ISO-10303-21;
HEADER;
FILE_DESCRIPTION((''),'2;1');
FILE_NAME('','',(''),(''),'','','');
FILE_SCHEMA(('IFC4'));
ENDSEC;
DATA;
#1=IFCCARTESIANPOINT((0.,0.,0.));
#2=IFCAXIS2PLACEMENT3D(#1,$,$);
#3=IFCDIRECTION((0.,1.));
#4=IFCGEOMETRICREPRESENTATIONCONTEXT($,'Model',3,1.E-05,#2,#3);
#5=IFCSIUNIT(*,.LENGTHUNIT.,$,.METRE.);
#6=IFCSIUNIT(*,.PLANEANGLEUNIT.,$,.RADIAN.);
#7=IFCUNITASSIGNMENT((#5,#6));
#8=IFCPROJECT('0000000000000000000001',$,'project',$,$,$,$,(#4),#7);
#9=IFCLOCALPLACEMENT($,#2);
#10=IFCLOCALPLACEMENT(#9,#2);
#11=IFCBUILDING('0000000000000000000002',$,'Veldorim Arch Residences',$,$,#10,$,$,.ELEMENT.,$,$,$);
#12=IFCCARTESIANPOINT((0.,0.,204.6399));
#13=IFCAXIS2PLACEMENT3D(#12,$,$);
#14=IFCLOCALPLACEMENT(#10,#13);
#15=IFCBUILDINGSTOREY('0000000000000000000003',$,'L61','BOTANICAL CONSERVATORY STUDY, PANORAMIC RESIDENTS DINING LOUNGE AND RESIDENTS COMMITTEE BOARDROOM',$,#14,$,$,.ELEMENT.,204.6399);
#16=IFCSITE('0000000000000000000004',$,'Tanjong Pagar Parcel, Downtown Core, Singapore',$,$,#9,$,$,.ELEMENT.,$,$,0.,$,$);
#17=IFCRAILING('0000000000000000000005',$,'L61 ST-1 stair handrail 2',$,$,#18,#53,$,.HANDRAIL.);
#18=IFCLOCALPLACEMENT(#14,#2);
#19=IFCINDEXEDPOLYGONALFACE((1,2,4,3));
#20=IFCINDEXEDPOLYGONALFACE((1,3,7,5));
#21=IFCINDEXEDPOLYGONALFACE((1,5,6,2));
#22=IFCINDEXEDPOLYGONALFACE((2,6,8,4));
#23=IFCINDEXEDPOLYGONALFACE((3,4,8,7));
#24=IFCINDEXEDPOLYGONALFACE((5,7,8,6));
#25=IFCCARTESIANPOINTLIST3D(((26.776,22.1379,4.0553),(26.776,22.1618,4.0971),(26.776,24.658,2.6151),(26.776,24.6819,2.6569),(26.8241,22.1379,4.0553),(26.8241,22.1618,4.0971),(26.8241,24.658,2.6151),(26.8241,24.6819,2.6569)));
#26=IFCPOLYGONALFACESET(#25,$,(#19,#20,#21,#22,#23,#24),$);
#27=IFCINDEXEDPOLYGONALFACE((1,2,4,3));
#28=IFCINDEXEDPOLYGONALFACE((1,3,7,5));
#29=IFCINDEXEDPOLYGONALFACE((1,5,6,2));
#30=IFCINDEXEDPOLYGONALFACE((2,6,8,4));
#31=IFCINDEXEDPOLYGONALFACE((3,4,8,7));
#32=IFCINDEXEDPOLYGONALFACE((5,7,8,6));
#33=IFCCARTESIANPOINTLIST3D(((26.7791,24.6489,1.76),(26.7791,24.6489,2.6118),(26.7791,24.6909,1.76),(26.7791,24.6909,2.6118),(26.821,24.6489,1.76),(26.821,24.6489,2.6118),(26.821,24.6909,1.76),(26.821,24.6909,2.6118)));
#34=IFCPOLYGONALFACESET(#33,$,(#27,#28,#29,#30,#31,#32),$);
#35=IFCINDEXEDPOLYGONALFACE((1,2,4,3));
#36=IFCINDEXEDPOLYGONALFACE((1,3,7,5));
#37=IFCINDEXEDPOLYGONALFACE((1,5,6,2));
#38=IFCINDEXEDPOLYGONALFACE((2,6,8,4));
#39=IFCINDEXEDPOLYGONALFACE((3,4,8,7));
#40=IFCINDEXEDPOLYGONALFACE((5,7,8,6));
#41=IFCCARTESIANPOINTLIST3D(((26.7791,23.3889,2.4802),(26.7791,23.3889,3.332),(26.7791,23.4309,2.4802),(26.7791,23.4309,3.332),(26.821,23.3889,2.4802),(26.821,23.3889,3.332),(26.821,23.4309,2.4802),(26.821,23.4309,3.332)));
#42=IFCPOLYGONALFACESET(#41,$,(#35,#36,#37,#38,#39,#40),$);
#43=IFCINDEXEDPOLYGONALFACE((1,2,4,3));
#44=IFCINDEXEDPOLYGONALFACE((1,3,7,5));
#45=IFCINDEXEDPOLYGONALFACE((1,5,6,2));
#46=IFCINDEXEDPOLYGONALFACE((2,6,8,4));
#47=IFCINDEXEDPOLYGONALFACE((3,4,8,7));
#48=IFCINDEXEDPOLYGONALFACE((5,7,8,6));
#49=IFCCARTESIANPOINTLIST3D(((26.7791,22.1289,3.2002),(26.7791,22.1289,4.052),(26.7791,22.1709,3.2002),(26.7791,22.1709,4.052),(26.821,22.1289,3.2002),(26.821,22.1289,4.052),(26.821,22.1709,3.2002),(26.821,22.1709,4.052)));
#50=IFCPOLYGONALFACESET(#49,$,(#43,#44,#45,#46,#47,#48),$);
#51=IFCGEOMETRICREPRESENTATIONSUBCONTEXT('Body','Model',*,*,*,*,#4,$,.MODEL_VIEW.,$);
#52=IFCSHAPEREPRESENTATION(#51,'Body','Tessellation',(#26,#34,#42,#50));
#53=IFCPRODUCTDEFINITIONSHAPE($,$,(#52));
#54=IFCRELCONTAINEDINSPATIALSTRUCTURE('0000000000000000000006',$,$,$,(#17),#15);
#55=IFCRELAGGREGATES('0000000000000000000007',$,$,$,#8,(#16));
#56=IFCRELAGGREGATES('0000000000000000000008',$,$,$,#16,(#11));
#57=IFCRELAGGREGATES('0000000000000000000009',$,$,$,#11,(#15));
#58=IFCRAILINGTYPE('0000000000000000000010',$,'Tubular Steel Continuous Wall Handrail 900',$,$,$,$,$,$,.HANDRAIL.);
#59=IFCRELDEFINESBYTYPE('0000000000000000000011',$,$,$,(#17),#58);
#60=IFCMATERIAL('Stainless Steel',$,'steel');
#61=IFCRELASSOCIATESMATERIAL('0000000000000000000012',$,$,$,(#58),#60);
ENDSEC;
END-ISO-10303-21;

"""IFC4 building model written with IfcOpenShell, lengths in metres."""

from ifc_helpers import new_model, si_unit, direction, frame, origin, origin_2d, place, context, subcontext, project, spatial, rectangle, extrude, material, type_object, element, save


model = new_model("IFC4")

# Units and contexts
model_context = context("Model", 3, precision=1e-05, world=origin(), true_north=direction((0.0, 1.0)))
body_context = subcontext(model_context, "Body", "Model", "MODEL_VIEW")
ifc_project = project(units=[si_unit("LENGTHUNIT", "METRE"), si_unit("PLANEANGLEUNIT", "RADIAN")], contexts=[model_context])

# Site, building, storey
site_placement = place(None, origin())
site = spatial("IfcSite", under=ifc_project, at=site_placement, Name="Tanjong Pagar Parcel, Downtown Core, Singapore", CompositionType="ELEMENT", RefElevation=0.0)
building_placement = place(site_placement, origin())
building = spatial("IfcBuilding", under=site, at=building_placement, Name="Veldorim Arch Residences", CompositionType="ELEMENT")
storey_placement = place(building_placement, frame((0.0, 0.0, 204.6399)))
storey = spatial("IfcBuildingStorey", under=building, at=storey_placement, Name="L61", Description="BOTANICAL CONSERVATORY STUDY, PANORAMIC RESIDENTS DINING LOUNGE AND RESIDENTS COMMITTEE BOARDROOM", CompositionType="ELEMENT", Elevation=204.6399)

# Railing
ifc_material_1 = material(Name="Stainless Steel", Category="steel")
railing_type_1 = type_object("IfcRailingType", Name="Tubular Steel Continuous Wall Handrail 900", PredefinedType="HANDRAIL", material=ifc_material_1)
railing_1_placement = place(storey_placement, frame((26.8, 24.6699, 1.76)))
element("IfcRailing", 1, at=railing_1_placement, inside=storey, type_object=railing_type_1, Name="L61 ST-1 stair handrail 2", PredefinedType="HANDRAIL", context=body_context, shape_type="SweptSolid", body=[
    extrude(rectangle(XDim=0.0481, YDim=0.0481, at=origin_2d()), frame((0.0, 0.0, 0.876), z_axis=(0.0, -0.868217, 0.496184), x_axis=(1.0, 0.0, 0.0)), (0.0, 0.0, 1.0), 2.9026),
    extrude(rectangle(XDim=0.042, YDim=0.042, at=origin_2d()), origin(), (0.0, 0.0, 1.0), 0.8518),
    extrude(rectangle(XDim=0.042, YDim=0.042, at=origin_2d()), frame((0.0, -1.26, 0.7202)), (0.0, 0.0, 1.0), 0.8518),
    extrude(rectangle(XDim=0.042, YDim=0.042, at=origin_2d()), frame((0.0, -2.52, 1.4402)), (0.0, 0.0, 1.0), 0.8518),
])

save(model, "model.ifc")
